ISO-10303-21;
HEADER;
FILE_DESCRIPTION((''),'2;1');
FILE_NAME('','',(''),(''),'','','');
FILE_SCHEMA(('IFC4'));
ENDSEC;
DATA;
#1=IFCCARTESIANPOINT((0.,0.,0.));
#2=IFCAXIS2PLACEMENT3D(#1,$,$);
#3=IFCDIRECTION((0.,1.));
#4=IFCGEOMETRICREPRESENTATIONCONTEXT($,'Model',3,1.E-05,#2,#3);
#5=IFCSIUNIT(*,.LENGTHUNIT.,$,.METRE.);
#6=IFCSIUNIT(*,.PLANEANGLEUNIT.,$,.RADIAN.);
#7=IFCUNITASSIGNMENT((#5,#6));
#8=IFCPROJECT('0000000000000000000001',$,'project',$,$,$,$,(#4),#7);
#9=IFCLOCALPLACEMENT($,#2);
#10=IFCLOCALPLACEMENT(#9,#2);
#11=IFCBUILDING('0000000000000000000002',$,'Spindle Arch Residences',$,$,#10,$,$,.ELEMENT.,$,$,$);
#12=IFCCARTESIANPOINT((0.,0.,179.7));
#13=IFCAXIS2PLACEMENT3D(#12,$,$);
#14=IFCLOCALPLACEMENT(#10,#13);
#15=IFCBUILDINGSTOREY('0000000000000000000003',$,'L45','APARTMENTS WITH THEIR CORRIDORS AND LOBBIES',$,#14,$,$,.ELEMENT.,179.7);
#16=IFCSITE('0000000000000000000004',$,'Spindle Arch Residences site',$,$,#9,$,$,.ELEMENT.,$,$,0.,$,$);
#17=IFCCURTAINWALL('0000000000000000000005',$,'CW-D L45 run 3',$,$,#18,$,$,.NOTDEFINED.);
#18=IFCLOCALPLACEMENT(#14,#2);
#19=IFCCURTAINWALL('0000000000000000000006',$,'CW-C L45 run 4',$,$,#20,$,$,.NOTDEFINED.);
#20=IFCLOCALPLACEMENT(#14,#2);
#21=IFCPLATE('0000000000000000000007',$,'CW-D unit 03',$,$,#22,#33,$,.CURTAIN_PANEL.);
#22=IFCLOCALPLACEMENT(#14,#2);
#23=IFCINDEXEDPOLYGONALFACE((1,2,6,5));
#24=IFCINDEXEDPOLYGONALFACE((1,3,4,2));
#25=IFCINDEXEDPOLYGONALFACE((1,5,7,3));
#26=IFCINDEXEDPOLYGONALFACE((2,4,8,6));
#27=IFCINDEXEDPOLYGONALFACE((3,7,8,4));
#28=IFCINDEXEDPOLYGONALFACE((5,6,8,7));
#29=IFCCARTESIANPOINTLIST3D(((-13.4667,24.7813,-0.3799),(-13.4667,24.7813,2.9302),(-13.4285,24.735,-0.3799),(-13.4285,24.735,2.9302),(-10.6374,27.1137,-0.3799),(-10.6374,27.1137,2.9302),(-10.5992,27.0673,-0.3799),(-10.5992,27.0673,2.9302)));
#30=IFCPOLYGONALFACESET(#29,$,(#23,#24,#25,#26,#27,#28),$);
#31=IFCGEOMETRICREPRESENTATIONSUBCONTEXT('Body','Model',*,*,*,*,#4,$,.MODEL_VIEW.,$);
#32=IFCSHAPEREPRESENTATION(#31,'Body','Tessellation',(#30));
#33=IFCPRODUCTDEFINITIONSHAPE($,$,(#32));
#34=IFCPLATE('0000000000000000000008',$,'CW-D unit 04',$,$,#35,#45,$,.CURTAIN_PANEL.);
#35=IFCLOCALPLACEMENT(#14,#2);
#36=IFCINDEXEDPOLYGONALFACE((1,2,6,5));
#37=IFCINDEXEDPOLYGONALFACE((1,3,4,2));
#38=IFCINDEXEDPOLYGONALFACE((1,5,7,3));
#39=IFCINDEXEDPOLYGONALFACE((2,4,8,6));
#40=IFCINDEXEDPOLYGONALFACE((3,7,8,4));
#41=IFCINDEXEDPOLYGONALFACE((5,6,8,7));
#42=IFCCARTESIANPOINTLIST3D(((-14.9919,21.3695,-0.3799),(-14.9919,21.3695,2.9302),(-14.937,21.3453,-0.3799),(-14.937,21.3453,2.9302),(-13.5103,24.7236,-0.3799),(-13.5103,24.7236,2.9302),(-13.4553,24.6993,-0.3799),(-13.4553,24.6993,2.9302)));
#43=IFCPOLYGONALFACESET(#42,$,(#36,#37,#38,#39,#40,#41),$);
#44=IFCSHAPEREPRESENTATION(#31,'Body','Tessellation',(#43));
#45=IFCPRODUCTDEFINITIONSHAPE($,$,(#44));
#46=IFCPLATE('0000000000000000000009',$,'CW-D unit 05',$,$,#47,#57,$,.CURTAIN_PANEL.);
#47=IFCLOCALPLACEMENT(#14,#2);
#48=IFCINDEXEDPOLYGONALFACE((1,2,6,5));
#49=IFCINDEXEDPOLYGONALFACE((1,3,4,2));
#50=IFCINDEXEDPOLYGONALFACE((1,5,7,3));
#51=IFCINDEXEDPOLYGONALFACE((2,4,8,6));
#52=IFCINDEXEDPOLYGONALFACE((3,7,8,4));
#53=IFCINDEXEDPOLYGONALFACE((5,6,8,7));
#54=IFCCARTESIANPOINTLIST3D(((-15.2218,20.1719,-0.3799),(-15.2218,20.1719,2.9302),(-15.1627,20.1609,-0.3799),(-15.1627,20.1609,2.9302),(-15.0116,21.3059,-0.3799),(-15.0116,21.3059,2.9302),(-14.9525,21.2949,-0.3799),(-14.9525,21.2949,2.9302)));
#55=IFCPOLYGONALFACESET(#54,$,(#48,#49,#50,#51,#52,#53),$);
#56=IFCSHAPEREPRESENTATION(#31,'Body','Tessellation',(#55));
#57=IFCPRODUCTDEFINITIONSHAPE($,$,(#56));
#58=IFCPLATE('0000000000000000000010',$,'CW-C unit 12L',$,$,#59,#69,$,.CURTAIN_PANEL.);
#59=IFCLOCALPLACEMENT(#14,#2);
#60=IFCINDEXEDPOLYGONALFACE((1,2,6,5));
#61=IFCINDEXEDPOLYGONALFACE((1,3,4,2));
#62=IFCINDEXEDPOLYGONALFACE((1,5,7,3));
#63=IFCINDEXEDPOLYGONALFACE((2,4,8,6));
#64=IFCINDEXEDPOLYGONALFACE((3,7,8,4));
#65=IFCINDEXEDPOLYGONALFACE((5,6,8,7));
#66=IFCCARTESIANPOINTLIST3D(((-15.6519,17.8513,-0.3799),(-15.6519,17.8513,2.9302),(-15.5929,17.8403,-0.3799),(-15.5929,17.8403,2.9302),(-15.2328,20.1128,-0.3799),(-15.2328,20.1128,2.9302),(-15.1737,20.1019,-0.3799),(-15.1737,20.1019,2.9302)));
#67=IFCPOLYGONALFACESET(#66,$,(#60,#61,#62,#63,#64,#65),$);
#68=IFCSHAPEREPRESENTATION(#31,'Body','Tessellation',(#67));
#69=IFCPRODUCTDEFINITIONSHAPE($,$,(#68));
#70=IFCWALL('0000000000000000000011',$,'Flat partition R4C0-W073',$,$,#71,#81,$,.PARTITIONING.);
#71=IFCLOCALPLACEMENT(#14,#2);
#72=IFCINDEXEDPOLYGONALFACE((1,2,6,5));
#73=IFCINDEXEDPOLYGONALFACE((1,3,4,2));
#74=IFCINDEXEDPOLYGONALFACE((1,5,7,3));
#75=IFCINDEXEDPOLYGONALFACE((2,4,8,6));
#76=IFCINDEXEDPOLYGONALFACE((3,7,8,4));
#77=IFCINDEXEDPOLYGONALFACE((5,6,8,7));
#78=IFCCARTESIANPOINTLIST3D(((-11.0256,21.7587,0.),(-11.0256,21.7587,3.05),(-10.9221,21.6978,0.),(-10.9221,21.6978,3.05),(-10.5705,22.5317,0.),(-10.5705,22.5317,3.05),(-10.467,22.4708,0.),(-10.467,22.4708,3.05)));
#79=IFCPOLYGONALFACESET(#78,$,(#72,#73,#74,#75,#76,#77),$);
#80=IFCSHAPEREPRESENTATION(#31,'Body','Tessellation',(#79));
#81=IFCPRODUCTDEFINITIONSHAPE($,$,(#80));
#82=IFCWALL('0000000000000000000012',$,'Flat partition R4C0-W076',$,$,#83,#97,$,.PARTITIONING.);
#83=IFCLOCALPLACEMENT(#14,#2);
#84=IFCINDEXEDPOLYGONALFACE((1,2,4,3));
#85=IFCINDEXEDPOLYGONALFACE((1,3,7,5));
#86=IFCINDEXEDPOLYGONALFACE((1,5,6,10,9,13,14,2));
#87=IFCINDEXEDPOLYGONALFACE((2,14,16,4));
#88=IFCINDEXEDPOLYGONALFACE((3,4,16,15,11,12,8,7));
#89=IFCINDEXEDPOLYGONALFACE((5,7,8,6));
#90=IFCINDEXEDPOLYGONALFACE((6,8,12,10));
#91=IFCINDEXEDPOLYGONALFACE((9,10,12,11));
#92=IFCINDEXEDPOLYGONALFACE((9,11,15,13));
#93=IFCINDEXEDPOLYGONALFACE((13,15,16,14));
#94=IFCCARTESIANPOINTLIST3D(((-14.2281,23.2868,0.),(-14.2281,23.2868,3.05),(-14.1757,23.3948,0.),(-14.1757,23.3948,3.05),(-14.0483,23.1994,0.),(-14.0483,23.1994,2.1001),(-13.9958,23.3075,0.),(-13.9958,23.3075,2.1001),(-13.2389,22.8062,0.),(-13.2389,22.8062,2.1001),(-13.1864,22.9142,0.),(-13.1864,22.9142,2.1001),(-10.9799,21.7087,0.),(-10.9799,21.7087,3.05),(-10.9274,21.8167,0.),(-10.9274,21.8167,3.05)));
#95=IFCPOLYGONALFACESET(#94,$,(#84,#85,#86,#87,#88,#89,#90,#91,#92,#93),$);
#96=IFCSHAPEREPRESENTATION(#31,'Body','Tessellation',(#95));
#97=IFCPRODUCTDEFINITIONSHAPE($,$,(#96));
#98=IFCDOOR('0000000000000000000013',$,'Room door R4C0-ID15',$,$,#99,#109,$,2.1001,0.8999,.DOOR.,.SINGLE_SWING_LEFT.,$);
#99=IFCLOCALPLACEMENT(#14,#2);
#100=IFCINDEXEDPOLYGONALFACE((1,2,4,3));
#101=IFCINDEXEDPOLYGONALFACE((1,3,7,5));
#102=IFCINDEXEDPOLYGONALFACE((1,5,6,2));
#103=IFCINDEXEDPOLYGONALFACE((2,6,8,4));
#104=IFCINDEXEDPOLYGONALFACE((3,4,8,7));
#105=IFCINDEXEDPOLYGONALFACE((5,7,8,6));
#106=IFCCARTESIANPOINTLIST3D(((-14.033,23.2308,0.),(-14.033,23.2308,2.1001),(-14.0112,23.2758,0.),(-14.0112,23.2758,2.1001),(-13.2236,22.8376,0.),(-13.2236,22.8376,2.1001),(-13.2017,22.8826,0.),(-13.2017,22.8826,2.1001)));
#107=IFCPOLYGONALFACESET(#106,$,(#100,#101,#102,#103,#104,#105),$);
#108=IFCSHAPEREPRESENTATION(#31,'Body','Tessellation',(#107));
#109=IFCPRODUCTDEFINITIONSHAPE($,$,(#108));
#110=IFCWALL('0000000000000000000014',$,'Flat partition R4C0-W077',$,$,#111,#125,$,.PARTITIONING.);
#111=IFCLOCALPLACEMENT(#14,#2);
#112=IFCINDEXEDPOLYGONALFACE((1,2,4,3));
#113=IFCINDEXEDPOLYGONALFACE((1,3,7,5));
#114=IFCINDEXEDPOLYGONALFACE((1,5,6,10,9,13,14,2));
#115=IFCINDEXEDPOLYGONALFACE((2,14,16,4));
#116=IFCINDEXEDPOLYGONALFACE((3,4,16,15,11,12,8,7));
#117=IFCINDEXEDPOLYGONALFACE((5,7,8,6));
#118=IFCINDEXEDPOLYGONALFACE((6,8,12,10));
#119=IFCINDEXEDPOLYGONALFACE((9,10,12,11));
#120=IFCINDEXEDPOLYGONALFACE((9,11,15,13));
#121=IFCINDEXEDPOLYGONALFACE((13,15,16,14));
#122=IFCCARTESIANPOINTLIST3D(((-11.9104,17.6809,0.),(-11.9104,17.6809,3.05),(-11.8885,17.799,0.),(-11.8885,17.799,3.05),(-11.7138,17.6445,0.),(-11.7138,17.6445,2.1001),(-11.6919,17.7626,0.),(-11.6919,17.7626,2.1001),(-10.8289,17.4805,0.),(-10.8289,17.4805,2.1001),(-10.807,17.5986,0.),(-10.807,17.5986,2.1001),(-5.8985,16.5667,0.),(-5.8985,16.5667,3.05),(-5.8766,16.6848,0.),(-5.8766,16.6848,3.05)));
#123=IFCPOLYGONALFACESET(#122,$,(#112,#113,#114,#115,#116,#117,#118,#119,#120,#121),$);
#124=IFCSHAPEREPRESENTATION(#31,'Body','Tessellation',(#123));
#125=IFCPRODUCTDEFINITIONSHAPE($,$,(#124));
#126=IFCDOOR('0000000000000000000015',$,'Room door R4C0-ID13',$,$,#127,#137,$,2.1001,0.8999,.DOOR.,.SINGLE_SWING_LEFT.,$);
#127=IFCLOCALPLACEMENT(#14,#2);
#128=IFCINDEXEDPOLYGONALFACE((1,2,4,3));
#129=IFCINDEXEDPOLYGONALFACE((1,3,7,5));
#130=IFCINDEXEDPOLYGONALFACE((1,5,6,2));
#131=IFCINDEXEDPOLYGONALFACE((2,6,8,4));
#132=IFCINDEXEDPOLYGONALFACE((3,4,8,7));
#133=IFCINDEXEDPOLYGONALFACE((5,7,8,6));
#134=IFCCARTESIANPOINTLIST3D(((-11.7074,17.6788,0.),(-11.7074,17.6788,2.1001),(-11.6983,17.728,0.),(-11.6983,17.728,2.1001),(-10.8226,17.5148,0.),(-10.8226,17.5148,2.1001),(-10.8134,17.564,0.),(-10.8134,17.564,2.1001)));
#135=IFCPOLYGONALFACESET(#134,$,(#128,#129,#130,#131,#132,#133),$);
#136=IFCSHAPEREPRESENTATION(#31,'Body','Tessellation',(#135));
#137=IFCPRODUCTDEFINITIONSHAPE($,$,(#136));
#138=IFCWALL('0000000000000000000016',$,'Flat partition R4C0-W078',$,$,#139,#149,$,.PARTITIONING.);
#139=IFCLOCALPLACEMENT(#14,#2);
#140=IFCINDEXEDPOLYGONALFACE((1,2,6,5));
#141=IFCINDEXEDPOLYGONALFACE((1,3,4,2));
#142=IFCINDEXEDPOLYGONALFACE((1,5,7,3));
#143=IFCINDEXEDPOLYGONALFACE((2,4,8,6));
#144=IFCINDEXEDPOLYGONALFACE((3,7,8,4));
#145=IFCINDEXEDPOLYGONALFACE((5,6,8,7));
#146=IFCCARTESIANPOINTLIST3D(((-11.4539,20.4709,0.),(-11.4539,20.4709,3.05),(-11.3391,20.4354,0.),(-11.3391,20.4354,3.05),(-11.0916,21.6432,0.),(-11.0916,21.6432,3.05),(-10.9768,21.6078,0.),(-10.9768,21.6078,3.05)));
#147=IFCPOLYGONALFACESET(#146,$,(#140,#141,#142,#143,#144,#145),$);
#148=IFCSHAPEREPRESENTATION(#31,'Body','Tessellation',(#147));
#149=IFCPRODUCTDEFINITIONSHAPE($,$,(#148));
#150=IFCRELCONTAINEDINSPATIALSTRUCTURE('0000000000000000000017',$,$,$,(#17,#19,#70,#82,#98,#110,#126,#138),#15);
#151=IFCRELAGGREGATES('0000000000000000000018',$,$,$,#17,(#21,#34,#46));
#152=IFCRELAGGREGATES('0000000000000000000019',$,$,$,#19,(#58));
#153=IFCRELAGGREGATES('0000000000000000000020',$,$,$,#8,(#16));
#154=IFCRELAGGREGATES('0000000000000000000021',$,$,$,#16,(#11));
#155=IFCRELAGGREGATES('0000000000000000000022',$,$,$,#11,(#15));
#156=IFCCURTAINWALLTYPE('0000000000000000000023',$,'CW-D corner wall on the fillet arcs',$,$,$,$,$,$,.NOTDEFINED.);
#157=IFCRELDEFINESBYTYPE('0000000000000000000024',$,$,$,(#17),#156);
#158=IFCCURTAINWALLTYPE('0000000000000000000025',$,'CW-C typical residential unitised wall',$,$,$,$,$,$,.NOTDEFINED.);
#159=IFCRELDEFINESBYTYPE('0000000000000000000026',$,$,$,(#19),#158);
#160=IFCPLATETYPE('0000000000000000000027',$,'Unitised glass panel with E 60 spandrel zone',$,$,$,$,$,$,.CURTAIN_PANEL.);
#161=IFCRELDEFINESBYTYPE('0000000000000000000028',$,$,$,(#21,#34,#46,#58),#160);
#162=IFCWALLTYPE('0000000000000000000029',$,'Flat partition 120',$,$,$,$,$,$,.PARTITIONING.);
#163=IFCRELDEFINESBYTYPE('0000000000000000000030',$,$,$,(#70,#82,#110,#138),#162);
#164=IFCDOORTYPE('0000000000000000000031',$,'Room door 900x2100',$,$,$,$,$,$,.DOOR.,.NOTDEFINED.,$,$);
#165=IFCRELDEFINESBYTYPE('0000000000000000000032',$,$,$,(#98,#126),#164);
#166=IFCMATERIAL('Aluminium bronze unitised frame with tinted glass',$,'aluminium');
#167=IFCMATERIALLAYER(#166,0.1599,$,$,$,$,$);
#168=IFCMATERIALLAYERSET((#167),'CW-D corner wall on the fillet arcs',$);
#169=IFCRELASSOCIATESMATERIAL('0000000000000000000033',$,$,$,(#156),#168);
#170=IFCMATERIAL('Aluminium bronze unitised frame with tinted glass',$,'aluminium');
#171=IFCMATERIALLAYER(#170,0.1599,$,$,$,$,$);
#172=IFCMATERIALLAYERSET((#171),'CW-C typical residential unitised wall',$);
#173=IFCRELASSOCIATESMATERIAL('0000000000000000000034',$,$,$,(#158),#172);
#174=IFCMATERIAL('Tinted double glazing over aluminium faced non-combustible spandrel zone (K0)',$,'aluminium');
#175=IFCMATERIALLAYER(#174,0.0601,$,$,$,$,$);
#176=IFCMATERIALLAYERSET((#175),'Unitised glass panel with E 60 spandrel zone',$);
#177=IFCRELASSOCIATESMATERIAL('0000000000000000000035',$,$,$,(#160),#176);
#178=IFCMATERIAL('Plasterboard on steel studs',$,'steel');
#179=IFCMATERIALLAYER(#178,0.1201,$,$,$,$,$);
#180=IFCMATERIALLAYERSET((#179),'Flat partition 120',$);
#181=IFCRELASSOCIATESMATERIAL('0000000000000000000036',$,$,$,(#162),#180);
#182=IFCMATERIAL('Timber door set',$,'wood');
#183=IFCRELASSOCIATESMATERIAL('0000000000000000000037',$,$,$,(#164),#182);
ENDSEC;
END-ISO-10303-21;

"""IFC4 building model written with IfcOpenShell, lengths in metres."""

from ifc_helpers import new_model, si_unit, direction, frame, frame_2d, origin, origin_2d, place, context, subcontext, project, spatial, rectangle, extrude, material, layer, layer_set, type_object, element, fill, aggregate, save


model = new_model("IFC4")

# Units and contexts
model_context = context("Model", 3, precision=1e-05, world=origin(), true_north=direction((0.0, 1.0)))
body_context = subcontext(model_context, "Body", "Model", "MODEL_VIEW")
ifc_project = project(units=[si_unit("LENGTHUNIT", "METRE"), si_unit("PLANEANGLEUNIT", "RADIAN")], contexts=[model_context])

# Site, building, storey
site_placement = place(None, origin())
site = spatial("IfcSite", under=ifc_project, at=site_placement, Name="Spindle Arch Residences site", CompositionType="ELEMENT", RefElevation=0.0)
building_placement = place(site_placement, origin())
building = spatial("IfcBuilding", under=site, at=building_placement, Name="Spindle Arch Residences", CompositionType="ELEMENT")
storey_placement = place(building_placement, frame((0.0, 0.0, 179.7)))
storey = spatial("IfcBuildingStorey", under=building, at=storey_placement, Name="L45", Description="APARTMENTS WITH THEIR CORRIDORS AND LOBBIES", CompositionType="ELEMENT", Elevation=179.7)

# Curtain wall
ifc_material_1 = material(Name="Aluminium bronze unitised frame with tinted glass", Category="aluminium")
ifc_layer_1 = layer(ifc_material_1, 0.1599)
ifc_layer_set_1 = layer_set([ifc_layer_1], Name="CW-D corner wall on the fillet arcs")
curtain_wall_type_1 = type_object("IfcCurtainWallType", Name="CW-D corner wall on the fillet arcs", PredefinedType="NOTDEFINED", material=ifc_layer_set_1)
curtain_wall_1_placement = place(storey_placement, origin())
curtain_wall_1 = element("IfcCurtainWall", 1, at=curtain_wall_1_placement, inside=storey, type_object=curtain_wall_type_1, Name="CW-D L45 run 3", PredefinedType="NOTDEFINED")

# Curtain wall
ifc_material_2 = material(Name="Aluminium bronze unitised frame with tinted glass", Category="aluminium")
ifc_layer_2 = layer(ifc_material_2, 0.1599)
ifc_layer_set_2 = layer_set([ifc_layer_2], Name="CW-C typical residential unitised wall")
curtain_wall_type_2 = type_object("IfcCurtainWallType", Name="CW-C typical residential unitised wall", PredefinedType="NOTDEFINED", material=ifc_layer_set_2)
curtain_wall_2_placement = place(storey_placement, origin())
curtain_wall_2 = element("IfcCurtainWall", 2, at=curtain_wall_2_placement, inside=storey, type_object=curtain_wall_type_2, Name="CW-C L45 run 4", PredefinedType="NOTDEFINED")

# Plates
ifc_material_3 = material(Name="Tinted double glazing over aluminium faced non-combustible spandrel zone (K0)", Category="aluminium")
ifc_layer_3 = layer(ifc_material_3, 0.0601)
ifc_layer_set_3 = layer_set([ifc_layer_3], Name="Unitised glass panel with E 60 spandrel zone")
plate_type = type_object("IfcPlateType", Name="Unitised glass panel with E 60 spandrel zone", PredefinedType="CURTAIN_PANEL", material=ifc_layer_set_3)
plate_1_placement = place(storey_placement, frame((-12.033, 25.9243, -0.3799), z_axis=(0.0, 0.0, 1.0), x_axis=(-0.771625, -0.636078, 0.0)))
plate_1 = element("IfcPlate", 3, at=plate_1_placement, type_object=plate_type, Name="CW-D unit 03", PredefinedType="CURTAIN_PANEL", context=body_context, shape_type="SweptSolid", body=[
    extrude(rectangle(XDim=3.6667, YDim=0.0601, at=origin_2d()), origin(), (0.0, 0.0, 1.0), 3.3101),
])
plate_2_placement = place(storey_placement, frame((-14.2236, 23.0344, -0.3799), z_axis=(0.0, 0.0, 1.0), x_axis=(-0.404078, -0.914725, 0.0)))
plate_2 = element("IfcPlate", 4, at=plate_2_placement, type_object=plate_type, Name="CW-D unit 04", PredefinedType="CURTAIN_PANEL", context=body_context, shape_type="SweptSolid", body=[
    extrude(rectangle(XDim=3.6667, YDim=0.0601, at=origin_2d()), origin(), (0.0, 0.0, 1.0), 3.3101),
])
plate_3_placement = place(storey_placement, frame((-15.0872, 20.7334, -0.3799), z_axis=(0.0, 0.0, 1.0), x_axis=(-0.182236, -0.983255, 0.0)))
plate_3 = element("IfcPlate", 5, at=plate_3_placement, type_object=plate_type, Name="CW-D unit 05", PredefinedType="CURTAIN_PANEL", context=body_context, shape_type="SweptSolid", body=[
    extrude(rectangle(XDim=1.1533, YDim=0.0601, at=origin_2d()), origin(), (0.0, 0.0, 1.0), 3.3101),
])
aggregate(curtain_wall_1, [plate_1, plate_2, plate_3])
plate_4_placement = place(storey_placement, frame((-15.4128, 18.9766, -0.3799), z_axis=(0.0, 0.0, 1.0), x_axis=(-0.182236, -0.983255, 0.0)))
plate_4 = element("IfcPlate", 6, at=plate_4_placement, type_object=plate_type, Name="CW-C unit 12L", PredefinedType="CURTAIN_PANEL", context=body_context, shape_type="SweptSolid", body=[
    extrude(rectangle(XDim=2.3, YDim=0.0601, at=origin_2d()), origin(), (0.0, 0.0, 1.0), 3.3101),
])
aggregate(curtain_wall_2, [plate_4])

# Wall
ifc_material_4 = material(Name="Plasterboard on steel studs", Category="steel")
ifc_layer_4 = layer(ifc_material_4, 0.1201)
ifc_layer_set_4 = layer_set([ifc_layer_4], Name="Flat partition 120")
wall_type_1 = type_object("IfcWallType", Name="Flat partition 120", PredefinedType="PARTITIONING", material=ifc_layer_set_4)
wall_1_placement = place(storey_placement, frame((-10.9739, 21.7283, 0.0), z_axis=(0.0, 0.0, 1.0), x_axis=(0.507353, 0.861738, 0.0)))
element("IfcWall", 7, at=wall_1_placement, inside=storey, type_object=wall_type_1, Name="Flat partition R4C0-W073", PredefinedType="PARTITIONING", context=body_context, shape_type="SweptSolid", body=[
    extrude(rectangle(XDim=0.897, YDim=0.1201, at=frame_2d((0.4485, 0.0))), origin(), (0.0, 0.0, 1.0), 3.05),
])

# Walls, openings, doors
wall_2_placement = place(storey_placement, frame((-14.2019, 23.3408, 0.0), z_axis=(0.0, 0.0, 1.0), x_axis=(0.899466, -0.43699, 0.0)))
wall_2 = element("IfcWall", 8, at=wall_2_placement, inside=storey, type_object=wall_type_1, Name="Flat partition R4C0-W076", PredefinedType="PARTITIONING", context=body_context, shape_type="SweptSolid", body=[
    extrude(rectangle(XDim=3.6113, YDim=0.1201, at=frame_2d((1.8057, 0.0))), origin(), (0.0, 0.0, 1.0), 3.05),
])
opening_1_placement = place(wall_2_placement, frame((0.2, 0.0, 0.0)))
opening_1 = element("IfcOpeningElement", 9, at=opening_1_placement, cuts=wall_2, PredefinedType="OPENING", context=body_context, shape_type="SweptSolid", body=[
    extrude(rectangle(XDim=0.8999, YDim=2.1001, at=frame_2d((0.45, 1.05))), frame((0.0, 0.0701, 0.0), z_axis=(0.0, -1.0, 0.0), x_axis=(1.0, 0.0, 0.0)), (0.0, 0.0, 1.0), 0.1401),
])
ifc_material_5 = material(Name="Timber door set", Category="wood")
door_type_1 = type_object("IfcDoorType", Name="Room door 900x2100", OperationType="NOTDEFINED", PredefinedType="DOOR", material=ifc_material_5)
door_1_placement = place(opening_1_placement, origin())
door_1 = element("IfcDoor", 10, at=door_1_placement, inside=storey, type_object=door_type_1, Name="Room door R4C0-ID15", OperationType="SINGLE_SWING_LEFT", OverallHeight=2.1001, OverallWidth=0.8999, PredefinedType="DOOR", context=body_context, shape_type="SweptSolid", body=[
    extrude(rectangle(XDim=0.8999, YDim=2.1001, at=frame_2d((0.45, 1.05))), frame((0.0, 0.0249, 0.0), z_axis=(0.0, -1.0, 0.0), x_axis=(1.0, 0.0, 0.0)), (0.0, 0.0, 1.0), 0.05),
])
fill(opening_1, door_1)
wall_3_placement = place(storey_placement, frame((-11.8994, 17.74, 0.0), z_axis=(0.0, 0.0, 1.0), x_axis=(0.983255, -0.182237, 0.0)))
wall_3 = element("IfcWall", 11, at=wall_3_placement, inside=storey, type_object=wall_type_1, Name="Flat partition R4C0-W077", PredefinedType="PARTITIONING", context=body_context, shape_type="SweptSolid", body=[
    extrude(rectangle(XDim=6.1143, YDim=0.1201, at=frame_2d((3.0571, 0.0))), origin(), (0.0, 0.0, 1.0), 3.05),
])
opening_2_placement = place(wall_3_placement, frame((0.2, 0.0, 0.0)))
opening_2 = element("IfcOpeningElement", 12, at=opening_2_placement, cuts=wall_3, PredefinedType="OPENING", context=body_context, shape_type="SweptSolid", body=[
    extrude(rectangle(XDim=0.8999, YDim=2.1001, at=frame_2d((0.45, 1.05))), frame((0.0, 0.0701, 0.0), z_axis=(0.0, -1.0, 0.0), x_axis=(1.0, 0.0, 0.0)), (0.0, 0.0, 1.0), 0.1401),
])
door_2_placement = place(opening_2_placement, origin())
door_2 = element("IfcDoor", 13, at=door_2_placement, inside=storey, type_object=door_type_1, Name="Room door R4C0-ID13", OperationType="SINGLE_SWING_LEFT", OverallHeight=2.1001, OverallWidth=0.8999, PredefinedType="DOOR", context=body_context, shape_type="SweptSolid", body=[
    extrude(rectangle(XDim=0.8999, YDim=2.1001, at=frame_2d((0.45, 1.05))), frame((0.0, 0.0249, 0.0), z_axis=(0.0, -1.0, 0.0), x_axis=(1.0, 0.0, 0.0)), (0.0, 0.0, 1.0), 0.05),
])
fill(opening_2, door_2)

# Wall
wall_4_placement = place(storey_placement, frame((-11.0342, 21.6255, 0.0), z_axis=(0.0, 0.0, 1.0), x_axis=(-0.29526, -0.955417, 0.0)))
element("IfcWall", 14, at=wall_4_placement, inside=storey, type_object=wall_type_1, Name="Flat partition R4C0-W078", PredefinedType="PARTITIONING", context=body_context, shape_type="SweptSolid", body=[
    extrude(rectangle(XDim=1.2271, YDim=0.1201, at=frame_2d((0.6135, 0.0))), origin(), (0.0, 0.0, 1.0), 3.05),
])

save(model, "model.ifc")
